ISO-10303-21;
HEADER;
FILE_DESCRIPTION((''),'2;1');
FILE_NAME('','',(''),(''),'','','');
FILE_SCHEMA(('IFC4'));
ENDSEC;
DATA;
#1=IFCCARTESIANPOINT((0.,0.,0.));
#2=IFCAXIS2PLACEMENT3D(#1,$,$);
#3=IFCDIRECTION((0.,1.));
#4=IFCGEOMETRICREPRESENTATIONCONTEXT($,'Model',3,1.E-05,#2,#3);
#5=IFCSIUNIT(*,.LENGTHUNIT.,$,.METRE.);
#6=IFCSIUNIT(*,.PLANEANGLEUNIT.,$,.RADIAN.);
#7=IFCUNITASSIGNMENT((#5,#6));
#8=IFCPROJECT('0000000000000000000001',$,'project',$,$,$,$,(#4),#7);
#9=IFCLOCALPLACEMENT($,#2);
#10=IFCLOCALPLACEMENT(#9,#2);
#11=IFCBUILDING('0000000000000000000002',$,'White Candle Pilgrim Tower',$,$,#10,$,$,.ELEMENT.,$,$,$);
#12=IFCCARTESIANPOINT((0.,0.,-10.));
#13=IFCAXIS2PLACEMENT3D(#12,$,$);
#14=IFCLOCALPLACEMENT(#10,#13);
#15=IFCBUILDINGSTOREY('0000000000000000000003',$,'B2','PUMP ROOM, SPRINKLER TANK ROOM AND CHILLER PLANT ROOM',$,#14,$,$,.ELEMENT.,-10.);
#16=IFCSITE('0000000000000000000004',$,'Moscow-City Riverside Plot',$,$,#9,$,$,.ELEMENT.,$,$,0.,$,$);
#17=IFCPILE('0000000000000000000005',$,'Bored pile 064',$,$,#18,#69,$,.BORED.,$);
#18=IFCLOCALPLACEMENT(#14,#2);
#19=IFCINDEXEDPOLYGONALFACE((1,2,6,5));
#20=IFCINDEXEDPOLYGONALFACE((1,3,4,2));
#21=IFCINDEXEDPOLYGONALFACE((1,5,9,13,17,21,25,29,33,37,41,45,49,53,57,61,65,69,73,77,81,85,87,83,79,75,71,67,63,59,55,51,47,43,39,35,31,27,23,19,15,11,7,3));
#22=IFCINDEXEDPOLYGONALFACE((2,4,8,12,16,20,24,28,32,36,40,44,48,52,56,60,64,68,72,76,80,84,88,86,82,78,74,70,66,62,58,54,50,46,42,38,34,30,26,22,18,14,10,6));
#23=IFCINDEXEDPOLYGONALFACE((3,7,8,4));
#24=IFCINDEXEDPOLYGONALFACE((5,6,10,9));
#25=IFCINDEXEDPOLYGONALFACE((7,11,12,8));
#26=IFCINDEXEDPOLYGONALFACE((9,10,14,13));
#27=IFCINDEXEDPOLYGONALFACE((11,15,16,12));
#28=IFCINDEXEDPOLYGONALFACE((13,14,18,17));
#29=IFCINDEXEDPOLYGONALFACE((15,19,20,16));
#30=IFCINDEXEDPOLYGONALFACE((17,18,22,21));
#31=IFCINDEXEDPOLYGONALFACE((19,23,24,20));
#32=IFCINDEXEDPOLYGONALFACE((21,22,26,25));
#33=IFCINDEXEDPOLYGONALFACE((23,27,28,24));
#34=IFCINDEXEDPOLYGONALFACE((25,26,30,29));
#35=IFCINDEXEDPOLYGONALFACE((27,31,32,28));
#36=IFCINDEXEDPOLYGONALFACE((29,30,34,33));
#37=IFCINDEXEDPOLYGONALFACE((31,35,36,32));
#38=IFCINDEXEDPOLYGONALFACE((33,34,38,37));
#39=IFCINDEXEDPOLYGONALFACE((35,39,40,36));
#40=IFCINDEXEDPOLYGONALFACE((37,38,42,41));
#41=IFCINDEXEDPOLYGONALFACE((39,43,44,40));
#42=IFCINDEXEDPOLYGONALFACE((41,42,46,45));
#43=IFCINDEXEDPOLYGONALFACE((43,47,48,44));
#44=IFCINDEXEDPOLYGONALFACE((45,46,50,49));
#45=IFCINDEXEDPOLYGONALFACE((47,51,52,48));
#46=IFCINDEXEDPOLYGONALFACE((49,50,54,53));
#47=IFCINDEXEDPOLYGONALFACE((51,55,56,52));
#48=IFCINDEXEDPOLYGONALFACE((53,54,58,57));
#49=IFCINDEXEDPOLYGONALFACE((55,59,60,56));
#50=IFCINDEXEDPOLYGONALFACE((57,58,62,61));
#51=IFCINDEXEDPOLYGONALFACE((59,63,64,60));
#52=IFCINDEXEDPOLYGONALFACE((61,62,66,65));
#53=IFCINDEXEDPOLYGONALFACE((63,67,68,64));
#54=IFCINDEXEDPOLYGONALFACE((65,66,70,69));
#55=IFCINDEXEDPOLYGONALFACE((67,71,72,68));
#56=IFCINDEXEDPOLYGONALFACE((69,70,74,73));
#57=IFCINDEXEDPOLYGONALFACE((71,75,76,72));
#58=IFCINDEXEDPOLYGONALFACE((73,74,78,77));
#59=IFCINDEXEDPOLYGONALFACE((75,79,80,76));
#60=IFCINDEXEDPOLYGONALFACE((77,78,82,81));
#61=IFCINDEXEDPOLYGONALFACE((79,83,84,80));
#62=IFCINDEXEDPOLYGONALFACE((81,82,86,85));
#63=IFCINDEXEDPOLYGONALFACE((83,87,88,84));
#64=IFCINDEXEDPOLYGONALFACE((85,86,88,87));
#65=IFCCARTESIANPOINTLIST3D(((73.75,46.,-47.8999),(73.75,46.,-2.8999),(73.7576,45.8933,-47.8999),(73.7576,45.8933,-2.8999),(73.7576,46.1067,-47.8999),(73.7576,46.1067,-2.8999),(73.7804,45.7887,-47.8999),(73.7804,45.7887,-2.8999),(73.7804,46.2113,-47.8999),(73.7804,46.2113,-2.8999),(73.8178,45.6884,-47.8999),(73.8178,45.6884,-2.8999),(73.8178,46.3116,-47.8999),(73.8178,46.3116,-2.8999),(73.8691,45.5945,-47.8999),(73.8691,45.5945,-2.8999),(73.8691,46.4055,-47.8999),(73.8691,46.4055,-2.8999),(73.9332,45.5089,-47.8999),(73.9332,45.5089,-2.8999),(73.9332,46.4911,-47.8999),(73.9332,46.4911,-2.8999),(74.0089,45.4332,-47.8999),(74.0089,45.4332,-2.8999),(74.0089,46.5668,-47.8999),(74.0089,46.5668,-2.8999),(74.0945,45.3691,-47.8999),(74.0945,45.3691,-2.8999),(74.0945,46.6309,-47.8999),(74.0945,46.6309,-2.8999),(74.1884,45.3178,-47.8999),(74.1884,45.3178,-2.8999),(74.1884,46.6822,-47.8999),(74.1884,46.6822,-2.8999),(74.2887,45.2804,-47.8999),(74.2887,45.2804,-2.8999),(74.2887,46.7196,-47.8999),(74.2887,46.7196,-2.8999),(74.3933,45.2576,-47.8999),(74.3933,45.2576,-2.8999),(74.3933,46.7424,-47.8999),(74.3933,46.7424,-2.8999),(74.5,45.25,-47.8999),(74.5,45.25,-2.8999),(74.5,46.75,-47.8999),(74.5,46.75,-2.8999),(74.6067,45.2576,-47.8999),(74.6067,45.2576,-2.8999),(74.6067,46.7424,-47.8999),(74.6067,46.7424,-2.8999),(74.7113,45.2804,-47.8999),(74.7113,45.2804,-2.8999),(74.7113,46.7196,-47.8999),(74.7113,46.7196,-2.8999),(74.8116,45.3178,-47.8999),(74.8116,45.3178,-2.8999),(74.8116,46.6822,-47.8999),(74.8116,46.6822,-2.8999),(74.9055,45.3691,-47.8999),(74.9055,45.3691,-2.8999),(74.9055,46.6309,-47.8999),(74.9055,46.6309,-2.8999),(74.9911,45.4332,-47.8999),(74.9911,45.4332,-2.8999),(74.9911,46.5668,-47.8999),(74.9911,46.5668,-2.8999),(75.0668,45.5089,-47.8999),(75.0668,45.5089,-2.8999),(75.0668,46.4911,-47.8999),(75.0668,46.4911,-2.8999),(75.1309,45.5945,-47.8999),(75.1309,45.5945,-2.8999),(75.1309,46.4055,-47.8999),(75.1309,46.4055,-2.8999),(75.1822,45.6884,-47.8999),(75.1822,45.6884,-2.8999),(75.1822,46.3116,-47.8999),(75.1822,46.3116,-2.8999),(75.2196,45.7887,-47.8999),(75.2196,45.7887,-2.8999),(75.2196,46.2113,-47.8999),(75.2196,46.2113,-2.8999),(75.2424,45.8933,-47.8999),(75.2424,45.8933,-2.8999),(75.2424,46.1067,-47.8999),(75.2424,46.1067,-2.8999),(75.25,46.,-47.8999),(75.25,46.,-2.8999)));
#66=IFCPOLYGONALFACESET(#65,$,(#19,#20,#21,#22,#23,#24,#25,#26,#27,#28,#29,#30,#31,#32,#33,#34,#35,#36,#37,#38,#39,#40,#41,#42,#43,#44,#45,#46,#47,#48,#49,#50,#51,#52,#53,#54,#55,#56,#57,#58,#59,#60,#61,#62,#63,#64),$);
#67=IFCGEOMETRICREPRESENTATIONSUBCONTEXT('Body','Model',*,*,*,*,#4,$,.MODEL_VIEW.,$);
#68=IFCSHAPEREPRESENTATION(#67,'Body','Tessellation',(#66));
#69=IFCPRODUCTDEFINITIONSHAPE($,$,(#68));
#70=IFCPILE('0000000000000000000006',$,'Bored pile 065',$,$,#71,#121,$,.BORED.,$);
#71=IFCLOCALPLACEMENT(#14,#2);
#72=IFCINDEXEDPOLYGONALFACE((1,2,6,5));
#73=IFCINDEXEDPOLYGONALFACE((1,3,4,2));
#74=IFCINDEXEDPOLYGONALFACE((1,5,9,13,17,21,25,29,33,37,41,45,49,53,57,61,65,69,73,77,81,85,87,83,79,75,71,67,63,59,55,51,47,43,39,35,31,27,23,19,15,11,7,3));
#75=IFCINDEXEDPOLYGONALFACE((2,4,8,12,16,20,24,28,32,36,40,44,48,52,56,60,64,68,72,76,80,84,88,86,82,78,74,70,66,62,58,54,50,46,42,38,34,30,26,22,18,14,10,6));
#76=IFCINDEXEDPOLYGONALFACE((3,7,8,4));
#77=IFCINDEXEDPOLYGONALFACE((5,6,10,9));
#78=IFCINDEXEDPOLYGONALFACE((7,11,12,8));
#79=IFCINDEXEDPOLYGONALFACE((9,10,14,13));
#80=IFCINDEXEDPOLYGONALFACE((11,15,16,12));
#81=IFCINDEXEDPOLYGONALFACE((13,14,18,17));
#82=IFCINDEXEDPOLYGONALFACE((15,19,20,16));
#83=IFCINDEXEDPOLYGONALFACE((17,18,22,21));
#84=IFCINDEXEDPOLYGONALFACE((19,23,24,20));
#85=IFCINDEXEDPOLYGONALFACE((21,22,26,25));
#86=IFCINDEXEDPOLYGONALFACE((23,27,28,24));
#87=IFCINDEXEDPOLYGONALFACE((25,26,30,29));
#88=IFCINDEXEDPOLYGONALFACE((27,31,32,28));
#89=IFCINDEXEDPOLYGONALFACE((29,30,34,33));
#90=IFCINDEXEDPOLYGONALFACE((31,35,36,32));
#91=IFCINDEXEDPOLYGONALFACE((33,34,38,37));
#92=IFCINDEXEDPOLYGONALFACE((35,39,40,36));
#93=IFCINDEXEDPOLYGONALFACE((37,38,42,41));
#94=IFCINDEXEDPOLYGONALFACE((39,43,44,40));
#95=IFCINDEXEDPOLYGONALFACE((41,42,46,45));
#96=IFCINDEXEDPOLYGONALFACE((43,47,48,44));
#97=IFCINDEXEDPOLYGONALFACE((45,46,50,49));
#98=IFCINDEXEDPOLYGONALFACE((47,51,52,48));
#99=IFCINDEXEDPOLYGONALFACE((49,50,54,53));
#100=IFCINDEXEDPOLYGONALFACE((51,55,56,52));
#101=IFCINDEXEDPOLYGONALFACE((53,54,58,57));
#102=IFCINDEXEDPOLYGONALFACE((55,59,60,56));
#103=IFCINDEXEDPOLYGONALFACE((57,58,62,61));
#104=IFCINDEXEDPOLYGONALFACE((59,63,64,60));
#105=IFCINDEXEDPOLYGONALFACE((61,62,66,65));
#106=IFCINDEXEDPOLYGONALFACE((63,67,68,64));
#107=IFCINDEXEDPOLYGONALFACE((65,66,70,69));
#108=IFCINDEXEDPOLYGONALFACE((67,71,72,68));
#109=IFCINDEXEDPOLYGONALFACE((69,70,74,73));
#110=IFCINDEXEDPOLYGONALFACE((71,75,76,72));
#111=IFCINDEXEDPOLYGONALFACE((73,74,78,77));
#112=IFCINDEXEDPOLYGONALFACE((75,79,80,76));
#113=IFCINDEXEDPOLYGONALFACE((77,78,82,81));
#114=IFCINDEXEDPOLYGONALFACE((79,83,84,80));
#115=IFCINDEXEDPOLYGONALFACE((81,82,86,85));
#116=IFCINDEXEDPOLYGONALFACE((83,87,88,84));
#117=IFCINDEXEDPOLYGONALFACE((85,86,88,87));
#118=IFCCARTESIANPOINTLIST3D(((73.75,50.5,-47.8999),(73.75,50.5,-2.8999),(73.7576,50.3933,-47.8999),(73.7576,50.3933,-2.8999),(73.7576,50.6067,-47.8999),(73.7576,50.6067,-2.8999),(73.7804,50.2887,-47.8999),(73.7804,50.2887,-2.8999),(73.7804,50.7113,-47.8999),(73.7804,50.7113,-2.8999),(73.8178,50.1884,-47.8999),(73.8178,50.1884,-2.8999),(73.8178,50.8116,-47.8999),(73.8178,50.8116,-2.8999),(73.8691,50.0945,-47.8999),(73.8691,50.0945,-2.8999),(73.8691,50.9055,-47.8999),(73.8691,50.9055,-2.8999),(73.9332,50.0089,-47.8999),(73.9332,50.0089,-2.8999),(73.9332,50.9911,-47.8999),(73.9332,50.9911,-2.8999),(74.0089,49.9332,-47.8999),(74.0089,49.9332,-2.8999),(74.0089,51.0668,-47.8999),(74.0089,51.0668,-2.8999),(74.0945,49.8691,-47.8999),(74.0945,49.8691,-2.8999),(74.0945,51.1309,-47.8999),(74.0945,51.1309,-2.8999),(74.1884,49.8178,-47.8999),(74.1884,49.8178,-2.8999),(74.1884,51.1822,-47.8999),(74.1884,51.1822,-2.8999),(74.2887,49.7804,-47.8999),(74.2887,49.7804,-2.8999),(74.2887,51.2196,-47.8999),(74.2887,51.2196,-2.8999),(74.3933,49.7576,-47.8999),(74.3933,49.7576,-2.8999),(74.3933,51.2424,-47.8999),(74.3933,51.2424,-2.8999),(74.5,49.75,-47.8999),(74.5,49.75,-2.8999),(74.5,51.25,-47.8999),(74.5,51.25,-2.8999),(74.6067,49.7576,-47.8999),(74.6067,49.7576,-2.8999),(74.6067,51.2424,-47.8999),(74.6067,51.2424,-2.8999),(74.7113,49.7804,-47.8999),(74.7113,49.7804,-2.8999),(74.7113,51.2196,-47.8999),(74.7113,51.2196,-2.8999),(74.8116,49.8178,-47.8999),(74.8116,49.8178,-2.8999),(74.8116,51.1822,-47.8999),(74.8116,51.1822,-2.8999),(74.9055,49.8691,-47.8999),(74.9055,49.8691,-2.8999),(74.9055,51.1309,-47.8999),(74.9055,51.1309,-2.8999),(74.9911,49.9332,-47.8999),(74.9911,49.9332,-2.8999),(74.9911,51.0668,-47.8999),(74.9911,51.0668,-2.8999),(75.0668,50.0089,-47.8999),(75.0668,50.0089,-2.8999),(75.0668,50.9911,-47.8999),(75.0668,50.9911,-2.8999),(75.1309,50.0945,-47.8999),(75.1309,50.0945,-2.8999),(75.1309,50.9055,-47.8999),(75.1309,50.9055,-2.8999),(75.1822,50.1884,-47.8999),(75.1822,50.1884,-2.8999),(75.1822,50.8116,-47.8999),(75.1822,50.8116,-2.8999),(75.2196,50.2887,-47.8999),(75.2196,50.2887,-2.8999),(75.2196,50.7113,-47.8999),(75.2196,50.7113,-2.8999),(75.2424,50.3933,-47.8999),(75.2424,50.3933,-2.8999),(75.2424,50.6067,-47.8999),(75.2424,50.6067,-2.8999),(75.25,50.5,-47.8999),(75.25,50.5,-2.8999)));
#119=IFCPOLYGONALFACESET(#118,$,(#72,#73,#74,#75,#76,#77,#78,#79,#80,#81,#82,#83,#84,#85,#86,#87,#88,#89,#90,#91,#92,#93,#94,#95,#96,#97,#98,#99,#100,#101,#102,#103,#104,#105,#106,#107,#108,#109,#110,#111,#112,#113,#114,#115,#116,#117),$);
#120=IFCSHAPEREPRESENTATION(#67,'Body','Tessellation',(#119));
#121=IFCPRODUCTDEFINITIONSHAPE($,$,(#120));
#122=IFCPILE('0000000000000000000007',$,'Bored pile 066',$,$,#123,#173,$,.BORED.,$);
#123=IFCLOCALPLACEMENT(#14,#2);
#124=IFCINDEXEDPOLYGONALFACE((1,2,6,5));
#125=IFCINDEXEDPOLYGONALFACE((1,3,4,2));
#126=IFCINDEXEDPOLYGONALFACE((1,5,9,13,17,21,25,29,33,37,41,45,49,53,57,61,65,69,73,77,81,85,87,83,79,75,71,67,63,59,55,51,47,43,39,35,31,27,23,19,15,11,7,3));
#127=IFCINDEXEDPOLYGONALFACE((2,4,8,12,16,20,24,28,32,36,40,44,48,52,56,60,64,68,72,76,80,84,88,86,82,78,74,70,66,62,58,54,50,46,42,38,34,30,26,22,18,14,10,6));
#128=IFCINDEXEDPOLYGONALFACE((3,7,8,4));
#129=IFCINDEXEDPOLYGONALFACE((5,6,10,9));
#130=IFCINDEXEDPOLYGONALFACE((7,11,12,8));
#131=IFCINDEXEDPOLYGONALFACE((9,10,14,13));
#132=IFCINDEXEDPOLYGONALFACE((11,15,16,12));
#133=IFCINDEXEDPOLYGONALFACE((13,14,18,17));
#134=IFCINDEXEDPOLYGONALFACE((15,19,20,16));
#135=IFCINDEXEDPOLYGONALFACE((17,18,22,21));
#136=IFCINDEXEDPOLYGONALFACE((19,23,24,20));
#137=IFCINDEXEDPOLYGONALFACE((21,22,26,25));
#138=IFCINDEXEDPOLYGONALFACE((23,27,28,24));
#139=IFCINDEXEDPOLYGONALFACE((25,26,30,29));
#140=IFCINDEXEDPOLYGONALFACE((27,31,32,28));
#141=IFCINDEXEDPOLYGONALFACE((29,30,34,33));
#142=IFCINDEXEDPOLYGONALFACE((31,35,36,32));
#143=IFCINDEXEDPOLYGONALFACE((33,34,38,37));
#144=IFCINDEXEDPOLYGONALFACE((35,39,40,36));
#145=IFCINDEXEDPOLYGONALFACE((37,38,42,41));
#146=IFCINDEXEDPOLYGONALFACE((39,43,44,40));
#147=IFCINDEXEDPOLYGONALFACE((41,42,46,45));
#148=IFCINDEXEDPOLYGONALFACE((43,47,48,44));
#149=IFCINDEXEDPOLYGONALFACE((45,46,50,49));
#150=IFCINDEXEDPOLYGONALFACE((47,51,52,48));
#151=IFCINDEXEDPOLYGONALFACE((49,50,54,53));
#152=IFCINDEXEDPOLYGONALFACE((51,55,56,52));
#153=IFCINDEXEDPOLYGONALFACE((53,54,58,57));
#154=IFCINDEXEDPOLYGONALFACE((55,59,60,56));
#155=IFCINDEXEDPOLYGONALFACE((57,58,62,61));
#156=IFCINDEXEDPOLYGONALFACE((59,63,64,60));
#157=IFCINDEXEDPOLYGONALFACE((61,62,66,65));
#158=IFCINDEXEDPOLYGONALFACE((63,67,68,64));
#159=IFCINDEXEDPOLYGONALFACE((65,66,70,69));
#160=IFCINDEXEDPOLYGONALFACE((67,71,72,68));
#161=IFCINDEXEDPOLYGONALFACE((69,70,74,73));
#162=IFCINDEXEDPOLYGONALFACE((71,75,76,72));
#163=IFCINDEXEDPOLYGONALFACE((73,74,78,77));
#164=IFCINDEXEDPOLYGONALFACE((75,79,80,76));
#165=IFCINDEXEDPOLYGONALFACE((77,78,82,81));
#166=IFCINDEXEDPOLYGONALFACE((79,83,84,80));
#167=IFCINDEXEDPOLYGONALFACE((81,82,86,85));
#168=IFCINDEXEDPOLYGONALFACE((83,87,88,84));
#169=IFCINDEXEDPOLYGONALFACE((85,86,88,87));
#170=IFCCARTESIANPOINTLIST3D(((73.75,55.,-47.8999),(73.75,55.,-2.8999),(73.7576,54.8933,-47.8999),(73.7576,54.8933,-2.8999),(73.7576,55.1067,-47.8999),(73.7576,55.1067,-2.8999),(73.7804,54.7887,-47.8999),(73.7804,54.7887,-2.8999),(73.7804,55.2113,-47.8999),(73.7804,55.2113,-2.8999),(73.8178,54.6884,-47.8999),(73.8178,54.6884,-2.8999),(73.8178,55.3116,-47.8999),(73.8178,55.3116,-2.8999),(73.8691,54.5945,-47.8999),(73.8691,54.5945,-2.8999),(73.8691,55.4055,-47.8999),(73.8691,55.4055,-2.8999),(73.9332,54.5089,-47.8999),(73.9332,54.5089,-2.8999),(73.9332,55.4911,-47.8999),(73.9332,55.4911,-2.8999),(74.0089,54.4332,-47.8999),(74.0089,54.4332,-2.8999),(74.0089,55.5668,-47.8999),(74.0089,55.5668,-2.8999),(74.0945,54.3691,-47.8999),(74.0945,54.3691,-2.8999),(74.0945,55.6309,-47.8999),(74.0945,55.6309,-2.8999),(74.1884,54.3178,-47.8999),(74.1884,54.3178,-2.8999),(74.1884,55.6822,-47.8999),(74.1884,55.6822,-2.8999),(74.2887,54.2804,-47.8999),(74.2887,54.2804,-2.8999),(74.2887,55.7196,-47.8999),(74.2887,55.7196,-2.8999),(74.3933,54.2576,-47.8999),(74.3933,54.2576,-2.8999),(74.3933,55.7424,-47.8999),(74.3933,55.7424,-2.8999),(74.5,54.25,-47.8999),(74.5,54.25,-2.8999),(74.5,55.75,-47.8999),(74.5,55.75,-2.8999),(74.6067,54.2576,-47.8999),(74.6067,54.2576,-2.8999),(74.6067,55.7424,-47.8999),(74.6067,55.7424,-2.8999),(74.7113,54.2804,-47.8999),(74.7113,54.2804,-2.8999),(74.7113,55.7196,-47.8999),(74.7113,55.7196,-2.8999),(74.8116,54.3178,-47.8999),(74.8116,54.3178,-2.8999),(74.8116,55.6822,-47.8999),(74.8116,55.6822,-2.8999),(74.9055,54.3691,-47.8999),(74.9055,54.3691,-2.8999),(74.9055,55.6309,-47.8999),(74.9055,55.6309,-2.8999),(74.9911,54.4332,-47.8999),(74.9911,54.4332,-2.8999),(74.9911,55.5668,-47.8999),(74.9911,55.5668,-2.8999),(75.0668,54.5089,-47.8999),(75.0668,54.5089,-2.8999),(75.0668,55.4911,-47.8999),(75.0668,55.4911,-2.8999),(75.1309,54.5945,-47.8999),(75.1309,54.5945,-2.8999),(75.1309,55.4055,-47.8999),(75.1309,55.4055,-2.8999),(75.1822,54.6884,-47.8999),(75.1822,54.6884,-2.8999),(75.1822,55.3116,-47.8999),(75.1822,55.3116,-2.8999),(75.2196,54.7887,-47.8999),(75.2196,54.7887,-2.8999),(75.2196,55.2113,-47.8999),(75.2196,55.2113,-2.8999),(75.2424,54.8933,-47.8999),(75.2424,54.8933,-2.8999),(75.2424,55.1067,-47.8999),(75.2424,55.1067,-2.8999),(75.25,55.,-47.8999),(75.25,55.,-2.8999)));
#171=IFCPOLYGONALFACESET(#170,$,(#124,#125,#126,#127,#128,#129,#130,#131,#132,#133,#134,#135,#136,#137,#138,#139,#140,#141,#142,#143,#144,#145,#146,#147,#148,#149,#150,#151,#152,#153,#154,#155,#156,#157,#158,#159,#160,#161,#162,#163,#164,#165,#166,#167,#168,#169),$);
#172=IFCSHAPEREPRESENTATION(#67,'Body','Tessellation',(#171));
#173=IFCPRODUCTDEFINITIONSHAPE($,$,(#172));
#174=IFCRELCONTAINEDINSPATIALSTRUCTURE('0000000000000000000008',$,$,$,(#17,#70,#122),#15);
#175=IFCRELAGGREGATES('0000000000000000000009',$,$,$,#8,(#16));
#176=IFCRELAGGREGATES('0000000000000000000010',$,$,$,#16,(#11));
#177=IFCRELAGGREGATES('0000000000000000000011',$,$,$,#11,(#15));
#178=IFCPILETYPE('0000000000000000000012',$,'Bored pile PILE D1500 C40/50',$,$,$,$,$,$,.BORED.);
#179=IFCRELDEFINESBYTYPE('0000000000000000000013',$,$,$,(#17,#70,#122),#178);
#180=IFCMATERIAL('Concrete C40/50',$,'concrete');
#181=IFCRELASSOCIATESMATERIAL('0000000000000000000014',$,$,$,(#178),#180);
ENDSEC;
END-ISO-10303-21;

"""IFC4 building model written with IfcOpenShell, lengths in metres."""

from ifc_helpers import new_model, si_unit, direction, frame, origin, origin_2d, place, context, subcontext, project, spatial, circle, extrude, material, material_profile, profile_set, type_object, element, save


model = new_model("IFC4")

# Units and contexts
model_context = context("Model", 3, precision=1e-05, world=origin(), true_north=direction((0.0, 1.0)))
body_context = subcontext(model_context, "Body", "Model", "MODEL_VIEW")
ifc_project = project(units=[si_unit("LENGTHUNIT", "METRE"), si_unit("PLANEANGLEUNIT", "RADIAN")], contexts=[model_context])

# Site, building, storey
site_placement = place(None, origin())
site = spatial("IfcSite", under=ifc_project, at=site_placement, Name="Moscow-City Riverside Plot", CompositionType="ELEMENT", RefElevation=0.0)
building_placement = place(site_placement, origin())
building = spatial("IfcBuilding", under=site, at=building_placement, Name="White Candle Pilgrim Tower", CompositionType="ELEMENT")
storey_placement = place(building_placement, frame((0.0, 0.0, -10.0)))
storey = spatial("IfcBuildingStorey", under=building, at=storey_placement, Name="B2", Description="PUMP ROOM, SPRINKLER TANK ROOM AND CHILLER PLANT ROOM", CompositionType="ELEMENT", Elevation=-10.0)

# Piles
ifc_material_1 = material(Name="Concrete C40/50", Category="concrete")
ifc_material_profile_1 = material_profile(ifc_material_1, circle(Radius=0.75, at=origin_2d()), Name="PILE D1500")
ifc_profile_set_1 = profile_set([ifc_material_profile_1], Name="Concrete C40/50")
pile_type = type_object("IfcPileType", Name="Bored pile PILE D1500 C40/50", PredefinedType="BORED", material=ifc_profile_set_1)
for number, where, z_axis, x_axis, name in (
    (1, (74.5, 46.0, -2.8999), (0.0, 0.0, -1.0), (1.0, 0.0, 0.0), "Bored pile 064"),
    (2, (74.5, 50.5, -2.8999), (0.0, 0.0, -1.0), (1.0, 0.0, 0.0), "Bored pile 065"),
    (3, (74.5, 55.0, -2.8999), (0.0, 0.0, -1.0), (1.0, 0.0, 0.0), "Bored pile 066"),
):
    element("IfcPile", number, at=place(storey_placement, frame(where, z_axis=z_axis, x_axis=x_axis)), inside=storey, type_object=pile_type, Name=name, PredefinedType="BORED", context=body_context, shape_type="SweptSolid", body=[
        extrude(circle(Radius=0.75, at=origin_2d()), origin(), (0.0, 0.0, 1.0), 45.0),
    ])

save(model, "model.ifc")
